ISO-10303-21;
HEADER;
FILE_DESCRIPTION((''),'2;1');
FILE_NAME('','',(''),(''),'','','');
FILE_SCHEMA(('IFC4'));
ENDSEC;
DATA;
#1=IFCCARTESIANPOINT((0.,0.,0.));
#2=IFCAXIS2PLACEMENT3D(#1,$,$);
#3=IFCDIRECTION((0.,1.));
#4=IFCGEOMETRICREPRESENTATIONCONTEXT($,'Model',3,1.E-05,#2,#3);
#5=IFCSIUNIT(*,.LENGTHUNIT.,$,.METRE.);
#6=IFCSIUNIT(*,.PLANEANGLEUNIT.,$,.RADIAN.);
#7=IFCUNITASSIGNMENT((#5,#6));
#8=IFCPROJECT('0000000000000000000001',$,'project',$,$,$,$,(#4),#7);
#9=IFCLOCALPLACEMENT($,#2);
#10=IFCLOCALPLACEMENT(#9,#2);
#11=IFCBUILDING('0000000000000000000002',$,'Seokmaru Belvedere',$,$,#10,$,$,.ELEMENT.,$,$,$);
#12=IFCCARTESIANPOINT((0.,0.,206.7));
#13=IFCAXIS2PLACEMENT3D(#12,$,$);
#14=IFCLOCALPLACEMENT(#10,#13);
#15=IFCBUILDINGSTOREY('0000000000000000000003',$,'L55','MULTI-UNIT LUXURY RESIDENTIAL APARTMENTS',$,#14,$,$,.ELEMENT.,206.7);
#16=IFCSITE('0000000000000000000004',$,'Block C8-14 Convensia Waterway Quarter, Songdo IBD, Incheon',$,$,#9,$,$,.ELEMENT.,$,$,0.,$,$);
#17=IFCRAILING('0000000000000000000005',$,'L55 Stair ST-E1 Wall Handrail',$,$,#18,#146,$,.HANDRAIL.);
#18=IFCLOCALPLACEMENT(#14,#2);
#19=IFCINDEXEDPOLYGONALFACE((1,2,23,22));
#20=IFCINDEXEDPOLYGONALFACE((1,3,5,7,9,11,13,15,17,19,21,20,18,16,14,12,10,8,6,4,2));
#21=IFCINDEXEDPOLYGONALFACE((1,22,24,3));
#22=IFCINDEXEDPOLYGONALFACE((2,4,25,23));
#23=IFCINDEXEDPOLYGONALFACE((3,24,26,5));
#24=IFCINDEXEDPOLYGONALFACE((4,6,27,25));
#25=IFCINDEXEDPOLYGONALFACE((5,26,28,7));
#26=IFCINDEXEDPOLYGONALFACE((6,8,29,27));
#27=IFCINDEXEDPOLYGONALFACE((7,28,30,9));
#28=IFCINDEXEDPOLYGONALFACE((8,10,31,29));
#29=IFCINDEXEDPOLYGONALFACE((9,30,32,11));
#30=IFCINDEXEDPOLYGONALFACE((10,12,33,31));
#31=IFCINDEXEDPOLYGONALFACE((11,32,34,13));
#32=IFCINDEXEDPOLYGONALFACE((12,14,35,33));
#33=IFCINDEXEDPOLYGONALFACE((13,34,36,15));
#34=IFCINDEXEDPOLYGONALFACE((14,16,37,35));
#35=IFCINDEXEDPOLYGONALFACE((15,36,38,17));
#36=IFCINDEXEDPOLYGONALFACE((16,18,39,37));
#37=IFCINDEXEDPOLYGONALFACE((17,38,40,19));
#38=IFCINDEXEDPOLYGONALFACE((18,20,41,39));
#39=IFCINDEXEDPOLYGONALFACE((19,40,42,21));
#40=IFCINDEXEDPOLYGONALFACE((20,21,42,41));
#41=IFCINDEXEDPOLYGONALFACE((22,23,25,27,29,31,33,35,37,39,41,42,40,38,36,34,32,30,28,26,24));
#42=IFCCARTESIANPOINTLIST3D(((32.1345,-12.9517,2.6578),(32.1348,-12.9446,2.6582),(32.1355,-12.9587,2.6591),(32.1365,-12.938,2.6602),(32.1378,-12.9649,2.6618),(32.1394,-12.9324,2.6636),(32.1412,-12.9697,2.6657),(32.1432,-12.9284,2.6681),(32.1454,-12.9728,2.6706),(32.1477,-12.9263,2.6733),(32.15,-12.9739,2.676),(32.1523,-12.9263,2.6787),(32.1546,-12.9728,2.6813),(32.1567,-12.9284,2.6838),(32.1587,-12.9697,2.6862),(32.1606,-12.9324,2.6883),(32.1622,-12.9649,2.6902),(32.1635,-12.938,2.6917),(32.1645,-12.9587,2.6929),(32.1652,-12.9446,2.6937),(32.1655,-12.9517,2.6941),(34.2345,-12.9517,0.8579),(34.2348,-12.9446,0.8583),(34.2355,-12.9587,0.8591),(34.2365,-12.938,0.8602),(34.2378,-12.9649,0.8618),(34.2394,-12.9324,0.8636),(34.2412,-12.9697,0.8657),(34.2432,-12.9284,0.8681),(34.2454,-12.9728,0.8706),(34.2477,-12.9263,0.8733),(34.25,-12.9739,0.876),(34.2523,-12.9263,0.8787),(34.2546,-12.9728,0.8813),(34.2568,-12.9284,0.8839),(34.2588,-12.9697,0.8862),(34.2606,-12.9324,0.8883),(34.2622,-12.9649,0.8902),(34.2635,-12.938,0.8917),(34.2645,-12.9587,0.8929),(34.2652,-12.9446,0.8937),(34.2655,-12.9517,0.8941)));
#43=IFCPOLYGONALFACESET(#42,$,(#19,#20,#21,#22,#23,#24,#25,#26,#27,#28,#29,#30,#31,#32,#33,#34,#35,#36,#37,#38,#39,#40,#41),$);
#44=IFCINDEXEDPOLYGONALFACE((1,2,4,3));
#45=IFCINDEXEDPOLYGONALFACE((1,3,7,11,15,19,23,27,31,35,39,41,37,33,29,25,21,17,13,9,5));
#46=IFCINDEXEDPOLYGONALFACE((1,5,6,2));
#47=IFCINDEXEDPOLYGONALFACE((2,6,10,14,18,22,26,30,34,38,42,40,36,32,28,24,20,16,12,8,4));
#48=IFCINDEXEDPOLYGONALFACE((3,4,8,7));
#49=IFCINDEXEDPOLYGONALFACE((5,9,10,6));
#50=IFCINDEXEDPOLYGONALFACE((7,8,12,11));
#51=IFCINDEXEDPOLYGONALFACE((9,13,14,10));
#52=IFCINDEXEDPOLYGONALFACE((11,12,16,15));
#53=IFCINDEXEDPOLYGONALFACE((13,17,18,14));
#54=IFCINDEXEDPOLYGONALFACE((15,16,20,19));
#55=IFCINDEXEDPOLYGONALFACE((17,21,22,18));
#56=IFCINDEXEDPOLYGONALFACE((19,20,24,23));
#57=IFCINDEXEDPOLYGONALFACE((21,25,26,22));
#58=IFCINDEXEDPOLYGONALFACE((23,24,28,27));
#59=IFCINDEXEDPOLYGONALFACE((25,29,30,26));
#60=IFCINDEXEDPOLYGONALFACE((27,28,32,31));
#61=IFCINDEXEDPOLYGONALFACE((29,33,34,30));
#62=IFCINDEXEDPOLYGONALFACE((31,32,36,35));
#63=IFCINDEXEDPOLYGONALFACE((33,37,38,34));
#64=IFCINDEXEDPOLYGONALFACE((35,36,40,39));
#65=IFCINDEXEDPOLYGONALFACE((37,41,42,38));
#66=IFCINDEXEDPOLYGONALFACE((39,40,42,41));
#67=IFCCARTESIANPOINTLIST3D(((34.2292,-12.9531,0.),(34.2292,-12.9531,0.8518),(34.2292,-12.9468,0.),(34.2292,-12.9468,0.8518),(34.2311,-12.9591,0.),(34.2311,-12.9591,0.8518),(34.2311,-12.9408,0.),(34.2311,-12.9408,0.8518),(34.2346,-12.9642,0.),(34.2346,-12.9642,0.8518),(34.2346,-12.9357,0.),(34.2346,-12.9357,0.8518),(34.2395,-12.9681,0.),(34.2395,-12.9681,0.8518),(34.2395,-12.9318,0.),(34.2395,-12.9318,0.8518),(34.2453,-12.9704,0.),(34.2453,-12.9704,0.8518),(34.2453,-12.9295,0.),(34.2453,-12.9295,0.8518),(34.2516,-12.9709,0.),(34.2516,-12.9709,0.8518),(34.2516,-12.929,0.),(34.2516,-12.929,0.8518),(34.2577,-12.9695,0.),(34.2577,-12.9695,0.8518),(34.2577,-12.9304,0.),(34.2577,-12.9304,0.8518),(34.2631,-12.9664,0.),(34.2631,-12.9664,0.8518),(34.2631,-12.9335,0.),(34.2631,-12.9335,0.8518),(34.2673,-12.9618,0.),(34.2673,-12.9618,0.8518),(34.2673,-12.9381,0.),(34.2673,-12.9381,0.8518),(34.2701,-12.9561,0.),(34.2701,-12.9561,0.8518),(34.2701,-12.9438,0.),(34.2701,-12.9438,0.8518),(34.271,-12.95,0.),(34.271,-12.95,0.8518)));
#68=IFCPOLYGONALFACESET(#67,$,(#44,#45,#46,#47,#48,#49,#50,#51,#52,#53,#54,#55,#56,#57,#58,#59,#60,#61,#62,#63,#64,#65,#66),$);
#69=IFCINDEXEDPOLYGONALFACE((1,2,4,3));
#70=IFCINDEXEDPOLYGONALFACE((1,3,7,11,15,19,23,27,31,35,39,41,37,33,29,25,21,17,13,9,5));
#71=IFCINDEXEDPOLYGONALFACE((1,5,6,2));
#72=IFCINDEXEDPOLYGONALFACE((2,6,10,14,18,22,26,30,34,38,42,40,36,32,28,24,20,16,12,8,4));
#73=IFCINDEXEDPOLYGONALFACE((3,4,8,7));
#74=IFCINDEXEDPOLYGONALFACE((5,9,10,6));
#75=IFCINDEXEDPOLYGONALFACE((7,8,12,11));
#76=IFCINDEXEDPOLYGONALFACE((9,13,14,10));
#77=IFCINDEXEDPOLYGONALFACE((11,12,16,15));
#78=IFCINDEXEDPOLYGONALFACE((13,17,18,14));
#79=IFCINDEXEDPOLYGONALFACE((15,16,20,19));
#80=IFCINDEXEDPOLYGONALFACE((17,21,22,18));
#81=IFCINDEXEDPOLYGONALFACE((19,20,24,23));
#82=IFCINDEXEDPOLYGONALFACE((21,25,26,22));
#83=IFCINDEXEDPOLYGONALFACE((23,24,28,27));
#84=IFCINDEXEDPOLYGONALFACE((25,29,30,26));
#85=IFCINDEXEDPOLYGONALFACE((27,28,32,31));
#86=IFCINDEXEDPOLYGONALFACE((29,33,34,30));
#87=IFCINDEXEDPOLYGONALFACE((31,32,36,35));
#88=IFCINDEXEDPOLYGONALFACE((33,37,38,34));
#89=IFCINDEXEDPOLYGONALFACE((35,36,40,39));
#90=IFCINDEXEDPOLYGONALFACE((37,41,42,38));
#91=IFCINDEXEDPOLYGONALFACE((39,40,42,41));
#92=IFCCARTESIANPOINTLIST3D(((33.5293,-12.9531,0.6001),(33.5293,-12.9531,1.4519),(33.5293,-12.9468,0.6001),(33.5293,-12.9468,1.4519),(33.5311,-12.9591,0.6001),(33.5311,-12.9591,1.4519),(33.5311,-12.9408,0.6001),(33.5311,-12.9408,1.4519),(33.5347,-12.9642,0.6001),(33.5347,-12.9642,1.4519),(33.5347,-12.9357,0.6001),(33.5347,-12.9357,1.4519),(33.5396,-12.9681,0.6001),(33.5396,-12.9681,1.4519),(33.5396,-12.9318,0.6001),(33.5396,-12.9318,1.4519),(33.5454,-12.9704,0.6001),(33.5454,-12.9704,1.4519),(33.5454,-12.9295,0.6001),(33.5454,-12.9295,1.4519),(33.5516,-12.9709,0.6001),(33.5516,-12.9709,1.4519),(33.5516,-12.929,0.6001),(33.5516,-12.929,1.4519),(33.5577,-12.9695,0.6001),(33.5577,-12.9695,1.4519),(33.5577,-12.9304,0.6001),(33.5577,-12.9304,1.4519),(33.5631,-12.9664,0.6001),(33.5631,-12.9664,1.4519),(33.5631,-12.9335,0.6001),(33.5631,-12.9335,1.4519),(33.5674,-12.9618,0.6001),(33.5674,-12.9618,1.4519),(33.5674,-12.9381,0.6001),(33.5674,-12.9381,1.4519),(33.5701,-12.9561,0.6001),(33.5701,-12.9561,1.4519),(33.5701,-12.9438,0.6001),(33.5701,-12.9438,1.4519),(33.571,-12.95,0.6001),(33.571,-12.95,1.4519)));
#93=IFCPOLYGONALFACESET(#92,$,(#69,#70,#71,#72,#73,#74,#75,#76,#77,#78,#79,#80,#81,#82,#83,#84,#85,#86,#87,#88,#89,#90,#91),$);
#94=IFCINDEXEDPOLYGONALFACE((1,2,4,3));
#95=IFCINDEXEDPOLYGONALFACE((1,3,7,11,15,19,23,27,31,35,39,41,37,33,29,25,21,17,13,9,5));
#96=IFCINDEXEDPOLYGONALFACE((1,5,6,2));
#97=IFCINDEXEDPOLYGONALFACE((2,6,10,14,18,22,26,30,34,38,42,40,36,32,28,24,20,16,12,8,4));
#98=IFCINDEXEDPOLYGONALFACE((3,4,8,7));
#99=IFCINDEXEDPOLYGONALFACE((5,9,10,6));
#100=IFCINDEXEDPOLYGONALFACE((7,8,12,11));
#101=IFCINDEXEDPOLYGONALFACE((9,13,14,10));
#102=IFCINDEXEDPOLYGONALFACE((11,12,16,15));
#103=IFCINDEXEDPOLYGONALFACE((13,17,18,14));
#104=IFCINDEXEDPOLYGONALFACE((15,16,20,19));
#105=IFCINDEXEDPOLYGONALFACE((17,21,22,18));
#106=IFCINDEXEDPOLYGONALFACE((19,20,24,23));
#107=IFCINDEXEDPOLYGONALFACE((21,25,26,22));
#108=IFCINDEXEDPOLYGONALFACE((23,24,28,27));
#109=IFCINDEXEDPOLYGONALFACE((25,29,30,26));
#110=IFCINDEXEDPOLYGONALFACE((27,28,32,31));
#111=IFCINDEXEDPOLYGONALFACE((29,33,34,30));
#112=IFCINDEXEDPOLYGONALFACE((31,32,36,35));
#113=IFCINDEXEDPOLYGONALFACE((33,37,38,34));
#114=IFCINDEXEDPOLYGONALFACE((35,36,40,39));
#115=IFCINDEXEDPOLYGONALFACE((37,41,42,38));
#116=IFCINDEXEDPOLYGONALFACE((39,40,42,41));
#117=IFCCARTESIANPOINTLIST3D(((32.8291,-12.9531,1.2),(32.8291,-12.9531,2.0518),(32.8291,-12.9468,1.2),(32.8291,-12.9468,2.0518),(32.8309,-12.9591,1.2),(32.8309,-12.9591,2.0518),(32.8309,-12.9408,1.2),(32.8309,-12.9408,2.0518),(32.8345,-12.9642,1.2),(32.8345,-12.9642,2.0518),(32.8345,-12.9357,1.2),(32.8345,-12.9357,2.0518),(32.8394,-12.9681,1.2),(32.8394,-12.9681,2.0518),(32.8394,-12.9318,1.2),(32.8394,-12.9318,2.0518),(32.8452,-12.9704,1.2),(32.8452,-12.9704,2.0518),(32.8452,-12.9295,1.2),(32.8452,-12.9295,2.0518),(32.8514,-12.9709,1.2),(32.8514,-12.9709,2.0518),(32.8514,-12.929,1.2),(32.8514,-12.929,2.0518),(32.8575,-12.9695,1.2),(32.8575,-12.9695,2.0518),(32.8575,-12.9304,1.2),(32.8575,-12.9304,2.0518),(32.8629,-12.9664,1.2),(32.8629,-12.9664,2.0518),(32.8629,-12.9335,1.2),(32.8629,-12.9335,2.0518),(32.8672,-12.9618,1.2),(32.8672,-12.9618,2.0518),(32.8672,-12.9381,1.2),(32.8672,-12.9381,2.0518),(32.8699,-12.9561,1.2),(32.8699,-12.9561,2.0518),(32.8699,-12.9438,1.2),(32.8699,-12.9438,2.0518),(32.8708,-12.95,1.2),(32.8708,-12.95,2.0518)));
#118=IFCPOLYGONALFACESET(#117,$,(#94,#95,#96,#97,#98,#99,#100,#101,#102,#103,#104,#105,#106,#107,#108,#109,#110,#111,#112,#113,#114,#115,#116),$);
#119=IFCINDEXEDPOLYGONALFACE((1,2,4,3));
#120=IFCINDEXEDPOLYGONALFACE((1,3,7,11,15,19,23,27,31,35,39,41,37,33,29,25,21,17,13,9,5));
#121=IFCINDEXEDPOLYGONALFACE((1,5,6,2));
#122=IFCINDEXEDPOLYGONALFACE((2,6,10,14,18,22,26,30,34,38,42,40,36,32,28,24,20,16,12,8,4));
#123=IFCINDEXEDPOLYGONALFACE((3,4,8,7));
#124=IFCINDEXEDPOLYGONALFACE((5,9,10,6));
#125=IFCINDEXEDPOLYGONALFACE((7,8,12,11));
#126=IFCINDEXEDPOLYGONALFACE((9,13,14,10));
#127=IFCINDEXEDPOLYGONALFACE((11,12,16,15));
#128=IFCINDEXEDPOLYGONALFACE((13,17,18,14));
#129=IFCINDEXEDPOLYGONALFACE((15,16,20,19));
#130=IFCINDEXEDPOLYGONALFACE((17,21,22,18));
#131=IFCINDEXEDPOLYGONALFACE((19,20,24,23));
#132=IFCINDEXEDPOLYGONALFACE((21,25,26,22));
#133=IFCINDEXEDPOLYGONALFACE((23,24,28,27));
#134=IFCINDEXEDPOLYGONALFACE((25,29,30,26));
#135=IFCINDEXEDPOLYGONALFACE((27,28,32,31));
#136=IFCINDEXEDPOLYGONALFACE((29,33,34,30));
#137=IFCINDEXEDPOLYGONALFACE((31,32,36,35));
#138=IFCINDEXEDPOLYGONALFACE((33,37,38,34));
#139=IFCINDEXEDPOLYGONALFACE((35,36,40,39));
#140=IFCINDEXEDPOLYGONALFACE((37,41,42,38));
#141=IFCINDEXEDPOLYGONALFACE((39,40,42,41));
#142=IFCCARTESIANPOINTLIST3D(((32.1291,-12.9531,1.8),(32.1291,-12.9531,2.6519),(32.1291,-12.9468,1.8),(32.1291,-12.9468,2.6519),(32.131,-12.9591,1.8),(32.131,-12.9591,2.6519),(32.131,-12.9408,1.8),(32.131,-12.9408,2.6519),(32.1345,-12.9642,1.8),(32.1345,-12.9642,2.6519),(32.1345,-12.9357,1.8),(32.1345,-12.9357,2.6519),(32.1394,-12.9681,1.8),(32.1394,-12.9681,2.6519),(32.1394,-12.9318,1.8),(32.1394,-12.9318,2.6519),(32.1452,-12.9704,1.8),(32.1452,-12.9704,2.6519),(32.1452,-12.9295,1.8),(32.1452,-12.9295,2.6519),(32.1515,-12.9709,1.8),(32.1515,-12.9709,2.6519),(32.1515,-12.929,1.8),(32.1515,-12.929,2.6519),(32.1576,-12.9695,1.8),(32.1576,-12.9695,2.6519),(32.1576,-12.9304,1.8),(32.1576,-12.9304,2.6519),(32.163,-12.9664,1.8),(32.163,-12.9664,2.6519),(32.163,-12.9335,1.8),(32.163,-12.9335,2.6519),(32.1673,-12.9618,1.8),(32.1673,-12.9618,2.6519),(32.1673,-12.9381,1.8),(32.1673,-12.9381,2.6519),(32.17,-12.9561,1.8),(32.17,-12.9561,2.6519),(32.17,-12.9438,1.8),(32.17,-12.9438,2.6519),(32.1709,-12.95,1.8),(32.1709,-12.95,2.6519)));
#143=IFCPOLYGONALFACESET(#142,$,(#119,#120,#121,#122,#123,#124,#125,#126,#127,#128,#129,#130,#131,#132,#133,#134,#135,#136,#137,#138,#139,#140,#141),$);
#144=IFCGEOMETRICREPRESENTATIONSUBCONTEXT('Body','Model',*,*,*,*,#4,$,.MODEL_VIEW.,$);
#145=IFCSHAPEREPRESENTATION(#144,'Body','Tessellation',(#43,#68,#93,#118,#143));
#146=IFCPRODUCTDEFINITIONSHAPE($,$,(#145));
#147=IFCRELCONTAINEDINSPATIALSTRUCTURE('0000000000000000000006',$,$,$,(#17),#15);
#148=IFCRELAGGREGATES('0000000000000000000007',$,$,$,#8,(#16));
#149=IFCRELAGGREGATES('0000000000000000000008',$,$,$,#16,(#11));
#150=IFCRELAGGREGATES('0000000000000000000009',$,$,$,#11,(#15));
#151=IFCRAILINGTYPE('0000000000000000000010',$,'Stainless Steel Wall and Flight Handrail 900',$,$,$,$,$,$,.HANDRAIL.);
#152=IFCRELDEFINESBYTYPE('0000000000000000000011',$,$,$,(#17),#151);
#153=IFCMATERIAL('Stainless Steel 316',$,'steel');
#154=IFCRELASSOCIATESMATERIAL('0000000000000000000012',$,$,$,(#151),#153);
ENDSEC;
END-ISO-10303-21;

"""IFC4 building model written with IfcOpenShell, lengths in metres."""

from ifc_helpers import new_model, si_unit, direction, frame, origin, origin_2d, place, context, subcontext, project, spatial, circle, extrude, material, type_object, element, save


model = new_model("IFC4")

# Units and contexts
model_context = context("Model", 3, precision=1e-05, world=origin(), true_north=direction((0.0, 1.0)))
body_context = subcontext(model_context, "Body", "Model", "MODEL_VIEW")
ifc_project = project(units=[si_unit("LENGTHUNIT", "METRE"), si_unit("PLANEANGLEUNIT", "RADIAN")], contexts=[model_context])

# Site, building, storey
site_placement = place(None, origin())
site = spatial("IfcSite", under=ifc_project, at=site_placement, Name="Block C8-14 Convensia Waterway Quarter, Songdo IBD, Incheon", CompositionType="ELEMENT", RefElevation=0.0)
building_placement = place(site_placement, origin())
building = spatial("IfcBuilding", under=site, at=building_placement, Name="Seokmaru Belvedere", CompositionType="ELEMENT")
storey_placement = place(building_placement, frame((0.0, 0.0, 206.7)))
storey = spatial("IfcBuildingStorey", under=building, at=storey_placement, Name="L55", Description="MULTI-UNIT LUXURY RESIDENTIAL APARTMENTS", CompositionType="ELEMENT", Elevation=206.7)

# Shared definitions
ifc_material_1 = material(Name="Stainless Steel 316", Category="steel")

# Railing
railing_type_1 = type_object("IfcRailingType", Name="Stainless Steel Wall and Flight Handrail 900", PredefinedType="HANDRAIL", material=ifc_material_1)
railing_1_placement = place(storey_placement, frame((34.25, -12.95, 0.0)))
element("IfcRailing", 1, at=railing_1_placement, inside=storey, type_object=railing_type_1, Name="L55 Stair ST-E1 Wall Handrail", PredefinedType="HANDRAIL", context=body_context, shape_type="SweptSolid", body=[
    extrude(circle(Radius=0.0239, at=origin_2d()), frame((0.0, 0.0, 0.876), z_axis=(-0.759263, 0.0, 0.650784), x_axis=(0.0, -1.0, 0.0)), (0.0, 0.0, 1.0), 2.7659),
    extrude(circle(Radius=0.021, at=origin_2d()), origin(), (0.0, 0.0, 1.0), 0.8518),
    extrude(circle(Radius=0.021, at=origin_2d()), frame((-0.7, 0.0, 0.6001)), (0.0, 0.0, 1.0), 0.8518),
    extrude(circle(Radius=0.021, at=origin_2d()), frame((-1.4001, 0.0, 1.2)), (0.0, 0.0, 1.0), 0.8518),
    extrude(circle(Radius=0.021, at=origin_2d()), frame((-2.1001, 0.0, 1.8)), (0.0, 0.0, 1.0), 0.8518),
])

save(model, "model.ifc")
